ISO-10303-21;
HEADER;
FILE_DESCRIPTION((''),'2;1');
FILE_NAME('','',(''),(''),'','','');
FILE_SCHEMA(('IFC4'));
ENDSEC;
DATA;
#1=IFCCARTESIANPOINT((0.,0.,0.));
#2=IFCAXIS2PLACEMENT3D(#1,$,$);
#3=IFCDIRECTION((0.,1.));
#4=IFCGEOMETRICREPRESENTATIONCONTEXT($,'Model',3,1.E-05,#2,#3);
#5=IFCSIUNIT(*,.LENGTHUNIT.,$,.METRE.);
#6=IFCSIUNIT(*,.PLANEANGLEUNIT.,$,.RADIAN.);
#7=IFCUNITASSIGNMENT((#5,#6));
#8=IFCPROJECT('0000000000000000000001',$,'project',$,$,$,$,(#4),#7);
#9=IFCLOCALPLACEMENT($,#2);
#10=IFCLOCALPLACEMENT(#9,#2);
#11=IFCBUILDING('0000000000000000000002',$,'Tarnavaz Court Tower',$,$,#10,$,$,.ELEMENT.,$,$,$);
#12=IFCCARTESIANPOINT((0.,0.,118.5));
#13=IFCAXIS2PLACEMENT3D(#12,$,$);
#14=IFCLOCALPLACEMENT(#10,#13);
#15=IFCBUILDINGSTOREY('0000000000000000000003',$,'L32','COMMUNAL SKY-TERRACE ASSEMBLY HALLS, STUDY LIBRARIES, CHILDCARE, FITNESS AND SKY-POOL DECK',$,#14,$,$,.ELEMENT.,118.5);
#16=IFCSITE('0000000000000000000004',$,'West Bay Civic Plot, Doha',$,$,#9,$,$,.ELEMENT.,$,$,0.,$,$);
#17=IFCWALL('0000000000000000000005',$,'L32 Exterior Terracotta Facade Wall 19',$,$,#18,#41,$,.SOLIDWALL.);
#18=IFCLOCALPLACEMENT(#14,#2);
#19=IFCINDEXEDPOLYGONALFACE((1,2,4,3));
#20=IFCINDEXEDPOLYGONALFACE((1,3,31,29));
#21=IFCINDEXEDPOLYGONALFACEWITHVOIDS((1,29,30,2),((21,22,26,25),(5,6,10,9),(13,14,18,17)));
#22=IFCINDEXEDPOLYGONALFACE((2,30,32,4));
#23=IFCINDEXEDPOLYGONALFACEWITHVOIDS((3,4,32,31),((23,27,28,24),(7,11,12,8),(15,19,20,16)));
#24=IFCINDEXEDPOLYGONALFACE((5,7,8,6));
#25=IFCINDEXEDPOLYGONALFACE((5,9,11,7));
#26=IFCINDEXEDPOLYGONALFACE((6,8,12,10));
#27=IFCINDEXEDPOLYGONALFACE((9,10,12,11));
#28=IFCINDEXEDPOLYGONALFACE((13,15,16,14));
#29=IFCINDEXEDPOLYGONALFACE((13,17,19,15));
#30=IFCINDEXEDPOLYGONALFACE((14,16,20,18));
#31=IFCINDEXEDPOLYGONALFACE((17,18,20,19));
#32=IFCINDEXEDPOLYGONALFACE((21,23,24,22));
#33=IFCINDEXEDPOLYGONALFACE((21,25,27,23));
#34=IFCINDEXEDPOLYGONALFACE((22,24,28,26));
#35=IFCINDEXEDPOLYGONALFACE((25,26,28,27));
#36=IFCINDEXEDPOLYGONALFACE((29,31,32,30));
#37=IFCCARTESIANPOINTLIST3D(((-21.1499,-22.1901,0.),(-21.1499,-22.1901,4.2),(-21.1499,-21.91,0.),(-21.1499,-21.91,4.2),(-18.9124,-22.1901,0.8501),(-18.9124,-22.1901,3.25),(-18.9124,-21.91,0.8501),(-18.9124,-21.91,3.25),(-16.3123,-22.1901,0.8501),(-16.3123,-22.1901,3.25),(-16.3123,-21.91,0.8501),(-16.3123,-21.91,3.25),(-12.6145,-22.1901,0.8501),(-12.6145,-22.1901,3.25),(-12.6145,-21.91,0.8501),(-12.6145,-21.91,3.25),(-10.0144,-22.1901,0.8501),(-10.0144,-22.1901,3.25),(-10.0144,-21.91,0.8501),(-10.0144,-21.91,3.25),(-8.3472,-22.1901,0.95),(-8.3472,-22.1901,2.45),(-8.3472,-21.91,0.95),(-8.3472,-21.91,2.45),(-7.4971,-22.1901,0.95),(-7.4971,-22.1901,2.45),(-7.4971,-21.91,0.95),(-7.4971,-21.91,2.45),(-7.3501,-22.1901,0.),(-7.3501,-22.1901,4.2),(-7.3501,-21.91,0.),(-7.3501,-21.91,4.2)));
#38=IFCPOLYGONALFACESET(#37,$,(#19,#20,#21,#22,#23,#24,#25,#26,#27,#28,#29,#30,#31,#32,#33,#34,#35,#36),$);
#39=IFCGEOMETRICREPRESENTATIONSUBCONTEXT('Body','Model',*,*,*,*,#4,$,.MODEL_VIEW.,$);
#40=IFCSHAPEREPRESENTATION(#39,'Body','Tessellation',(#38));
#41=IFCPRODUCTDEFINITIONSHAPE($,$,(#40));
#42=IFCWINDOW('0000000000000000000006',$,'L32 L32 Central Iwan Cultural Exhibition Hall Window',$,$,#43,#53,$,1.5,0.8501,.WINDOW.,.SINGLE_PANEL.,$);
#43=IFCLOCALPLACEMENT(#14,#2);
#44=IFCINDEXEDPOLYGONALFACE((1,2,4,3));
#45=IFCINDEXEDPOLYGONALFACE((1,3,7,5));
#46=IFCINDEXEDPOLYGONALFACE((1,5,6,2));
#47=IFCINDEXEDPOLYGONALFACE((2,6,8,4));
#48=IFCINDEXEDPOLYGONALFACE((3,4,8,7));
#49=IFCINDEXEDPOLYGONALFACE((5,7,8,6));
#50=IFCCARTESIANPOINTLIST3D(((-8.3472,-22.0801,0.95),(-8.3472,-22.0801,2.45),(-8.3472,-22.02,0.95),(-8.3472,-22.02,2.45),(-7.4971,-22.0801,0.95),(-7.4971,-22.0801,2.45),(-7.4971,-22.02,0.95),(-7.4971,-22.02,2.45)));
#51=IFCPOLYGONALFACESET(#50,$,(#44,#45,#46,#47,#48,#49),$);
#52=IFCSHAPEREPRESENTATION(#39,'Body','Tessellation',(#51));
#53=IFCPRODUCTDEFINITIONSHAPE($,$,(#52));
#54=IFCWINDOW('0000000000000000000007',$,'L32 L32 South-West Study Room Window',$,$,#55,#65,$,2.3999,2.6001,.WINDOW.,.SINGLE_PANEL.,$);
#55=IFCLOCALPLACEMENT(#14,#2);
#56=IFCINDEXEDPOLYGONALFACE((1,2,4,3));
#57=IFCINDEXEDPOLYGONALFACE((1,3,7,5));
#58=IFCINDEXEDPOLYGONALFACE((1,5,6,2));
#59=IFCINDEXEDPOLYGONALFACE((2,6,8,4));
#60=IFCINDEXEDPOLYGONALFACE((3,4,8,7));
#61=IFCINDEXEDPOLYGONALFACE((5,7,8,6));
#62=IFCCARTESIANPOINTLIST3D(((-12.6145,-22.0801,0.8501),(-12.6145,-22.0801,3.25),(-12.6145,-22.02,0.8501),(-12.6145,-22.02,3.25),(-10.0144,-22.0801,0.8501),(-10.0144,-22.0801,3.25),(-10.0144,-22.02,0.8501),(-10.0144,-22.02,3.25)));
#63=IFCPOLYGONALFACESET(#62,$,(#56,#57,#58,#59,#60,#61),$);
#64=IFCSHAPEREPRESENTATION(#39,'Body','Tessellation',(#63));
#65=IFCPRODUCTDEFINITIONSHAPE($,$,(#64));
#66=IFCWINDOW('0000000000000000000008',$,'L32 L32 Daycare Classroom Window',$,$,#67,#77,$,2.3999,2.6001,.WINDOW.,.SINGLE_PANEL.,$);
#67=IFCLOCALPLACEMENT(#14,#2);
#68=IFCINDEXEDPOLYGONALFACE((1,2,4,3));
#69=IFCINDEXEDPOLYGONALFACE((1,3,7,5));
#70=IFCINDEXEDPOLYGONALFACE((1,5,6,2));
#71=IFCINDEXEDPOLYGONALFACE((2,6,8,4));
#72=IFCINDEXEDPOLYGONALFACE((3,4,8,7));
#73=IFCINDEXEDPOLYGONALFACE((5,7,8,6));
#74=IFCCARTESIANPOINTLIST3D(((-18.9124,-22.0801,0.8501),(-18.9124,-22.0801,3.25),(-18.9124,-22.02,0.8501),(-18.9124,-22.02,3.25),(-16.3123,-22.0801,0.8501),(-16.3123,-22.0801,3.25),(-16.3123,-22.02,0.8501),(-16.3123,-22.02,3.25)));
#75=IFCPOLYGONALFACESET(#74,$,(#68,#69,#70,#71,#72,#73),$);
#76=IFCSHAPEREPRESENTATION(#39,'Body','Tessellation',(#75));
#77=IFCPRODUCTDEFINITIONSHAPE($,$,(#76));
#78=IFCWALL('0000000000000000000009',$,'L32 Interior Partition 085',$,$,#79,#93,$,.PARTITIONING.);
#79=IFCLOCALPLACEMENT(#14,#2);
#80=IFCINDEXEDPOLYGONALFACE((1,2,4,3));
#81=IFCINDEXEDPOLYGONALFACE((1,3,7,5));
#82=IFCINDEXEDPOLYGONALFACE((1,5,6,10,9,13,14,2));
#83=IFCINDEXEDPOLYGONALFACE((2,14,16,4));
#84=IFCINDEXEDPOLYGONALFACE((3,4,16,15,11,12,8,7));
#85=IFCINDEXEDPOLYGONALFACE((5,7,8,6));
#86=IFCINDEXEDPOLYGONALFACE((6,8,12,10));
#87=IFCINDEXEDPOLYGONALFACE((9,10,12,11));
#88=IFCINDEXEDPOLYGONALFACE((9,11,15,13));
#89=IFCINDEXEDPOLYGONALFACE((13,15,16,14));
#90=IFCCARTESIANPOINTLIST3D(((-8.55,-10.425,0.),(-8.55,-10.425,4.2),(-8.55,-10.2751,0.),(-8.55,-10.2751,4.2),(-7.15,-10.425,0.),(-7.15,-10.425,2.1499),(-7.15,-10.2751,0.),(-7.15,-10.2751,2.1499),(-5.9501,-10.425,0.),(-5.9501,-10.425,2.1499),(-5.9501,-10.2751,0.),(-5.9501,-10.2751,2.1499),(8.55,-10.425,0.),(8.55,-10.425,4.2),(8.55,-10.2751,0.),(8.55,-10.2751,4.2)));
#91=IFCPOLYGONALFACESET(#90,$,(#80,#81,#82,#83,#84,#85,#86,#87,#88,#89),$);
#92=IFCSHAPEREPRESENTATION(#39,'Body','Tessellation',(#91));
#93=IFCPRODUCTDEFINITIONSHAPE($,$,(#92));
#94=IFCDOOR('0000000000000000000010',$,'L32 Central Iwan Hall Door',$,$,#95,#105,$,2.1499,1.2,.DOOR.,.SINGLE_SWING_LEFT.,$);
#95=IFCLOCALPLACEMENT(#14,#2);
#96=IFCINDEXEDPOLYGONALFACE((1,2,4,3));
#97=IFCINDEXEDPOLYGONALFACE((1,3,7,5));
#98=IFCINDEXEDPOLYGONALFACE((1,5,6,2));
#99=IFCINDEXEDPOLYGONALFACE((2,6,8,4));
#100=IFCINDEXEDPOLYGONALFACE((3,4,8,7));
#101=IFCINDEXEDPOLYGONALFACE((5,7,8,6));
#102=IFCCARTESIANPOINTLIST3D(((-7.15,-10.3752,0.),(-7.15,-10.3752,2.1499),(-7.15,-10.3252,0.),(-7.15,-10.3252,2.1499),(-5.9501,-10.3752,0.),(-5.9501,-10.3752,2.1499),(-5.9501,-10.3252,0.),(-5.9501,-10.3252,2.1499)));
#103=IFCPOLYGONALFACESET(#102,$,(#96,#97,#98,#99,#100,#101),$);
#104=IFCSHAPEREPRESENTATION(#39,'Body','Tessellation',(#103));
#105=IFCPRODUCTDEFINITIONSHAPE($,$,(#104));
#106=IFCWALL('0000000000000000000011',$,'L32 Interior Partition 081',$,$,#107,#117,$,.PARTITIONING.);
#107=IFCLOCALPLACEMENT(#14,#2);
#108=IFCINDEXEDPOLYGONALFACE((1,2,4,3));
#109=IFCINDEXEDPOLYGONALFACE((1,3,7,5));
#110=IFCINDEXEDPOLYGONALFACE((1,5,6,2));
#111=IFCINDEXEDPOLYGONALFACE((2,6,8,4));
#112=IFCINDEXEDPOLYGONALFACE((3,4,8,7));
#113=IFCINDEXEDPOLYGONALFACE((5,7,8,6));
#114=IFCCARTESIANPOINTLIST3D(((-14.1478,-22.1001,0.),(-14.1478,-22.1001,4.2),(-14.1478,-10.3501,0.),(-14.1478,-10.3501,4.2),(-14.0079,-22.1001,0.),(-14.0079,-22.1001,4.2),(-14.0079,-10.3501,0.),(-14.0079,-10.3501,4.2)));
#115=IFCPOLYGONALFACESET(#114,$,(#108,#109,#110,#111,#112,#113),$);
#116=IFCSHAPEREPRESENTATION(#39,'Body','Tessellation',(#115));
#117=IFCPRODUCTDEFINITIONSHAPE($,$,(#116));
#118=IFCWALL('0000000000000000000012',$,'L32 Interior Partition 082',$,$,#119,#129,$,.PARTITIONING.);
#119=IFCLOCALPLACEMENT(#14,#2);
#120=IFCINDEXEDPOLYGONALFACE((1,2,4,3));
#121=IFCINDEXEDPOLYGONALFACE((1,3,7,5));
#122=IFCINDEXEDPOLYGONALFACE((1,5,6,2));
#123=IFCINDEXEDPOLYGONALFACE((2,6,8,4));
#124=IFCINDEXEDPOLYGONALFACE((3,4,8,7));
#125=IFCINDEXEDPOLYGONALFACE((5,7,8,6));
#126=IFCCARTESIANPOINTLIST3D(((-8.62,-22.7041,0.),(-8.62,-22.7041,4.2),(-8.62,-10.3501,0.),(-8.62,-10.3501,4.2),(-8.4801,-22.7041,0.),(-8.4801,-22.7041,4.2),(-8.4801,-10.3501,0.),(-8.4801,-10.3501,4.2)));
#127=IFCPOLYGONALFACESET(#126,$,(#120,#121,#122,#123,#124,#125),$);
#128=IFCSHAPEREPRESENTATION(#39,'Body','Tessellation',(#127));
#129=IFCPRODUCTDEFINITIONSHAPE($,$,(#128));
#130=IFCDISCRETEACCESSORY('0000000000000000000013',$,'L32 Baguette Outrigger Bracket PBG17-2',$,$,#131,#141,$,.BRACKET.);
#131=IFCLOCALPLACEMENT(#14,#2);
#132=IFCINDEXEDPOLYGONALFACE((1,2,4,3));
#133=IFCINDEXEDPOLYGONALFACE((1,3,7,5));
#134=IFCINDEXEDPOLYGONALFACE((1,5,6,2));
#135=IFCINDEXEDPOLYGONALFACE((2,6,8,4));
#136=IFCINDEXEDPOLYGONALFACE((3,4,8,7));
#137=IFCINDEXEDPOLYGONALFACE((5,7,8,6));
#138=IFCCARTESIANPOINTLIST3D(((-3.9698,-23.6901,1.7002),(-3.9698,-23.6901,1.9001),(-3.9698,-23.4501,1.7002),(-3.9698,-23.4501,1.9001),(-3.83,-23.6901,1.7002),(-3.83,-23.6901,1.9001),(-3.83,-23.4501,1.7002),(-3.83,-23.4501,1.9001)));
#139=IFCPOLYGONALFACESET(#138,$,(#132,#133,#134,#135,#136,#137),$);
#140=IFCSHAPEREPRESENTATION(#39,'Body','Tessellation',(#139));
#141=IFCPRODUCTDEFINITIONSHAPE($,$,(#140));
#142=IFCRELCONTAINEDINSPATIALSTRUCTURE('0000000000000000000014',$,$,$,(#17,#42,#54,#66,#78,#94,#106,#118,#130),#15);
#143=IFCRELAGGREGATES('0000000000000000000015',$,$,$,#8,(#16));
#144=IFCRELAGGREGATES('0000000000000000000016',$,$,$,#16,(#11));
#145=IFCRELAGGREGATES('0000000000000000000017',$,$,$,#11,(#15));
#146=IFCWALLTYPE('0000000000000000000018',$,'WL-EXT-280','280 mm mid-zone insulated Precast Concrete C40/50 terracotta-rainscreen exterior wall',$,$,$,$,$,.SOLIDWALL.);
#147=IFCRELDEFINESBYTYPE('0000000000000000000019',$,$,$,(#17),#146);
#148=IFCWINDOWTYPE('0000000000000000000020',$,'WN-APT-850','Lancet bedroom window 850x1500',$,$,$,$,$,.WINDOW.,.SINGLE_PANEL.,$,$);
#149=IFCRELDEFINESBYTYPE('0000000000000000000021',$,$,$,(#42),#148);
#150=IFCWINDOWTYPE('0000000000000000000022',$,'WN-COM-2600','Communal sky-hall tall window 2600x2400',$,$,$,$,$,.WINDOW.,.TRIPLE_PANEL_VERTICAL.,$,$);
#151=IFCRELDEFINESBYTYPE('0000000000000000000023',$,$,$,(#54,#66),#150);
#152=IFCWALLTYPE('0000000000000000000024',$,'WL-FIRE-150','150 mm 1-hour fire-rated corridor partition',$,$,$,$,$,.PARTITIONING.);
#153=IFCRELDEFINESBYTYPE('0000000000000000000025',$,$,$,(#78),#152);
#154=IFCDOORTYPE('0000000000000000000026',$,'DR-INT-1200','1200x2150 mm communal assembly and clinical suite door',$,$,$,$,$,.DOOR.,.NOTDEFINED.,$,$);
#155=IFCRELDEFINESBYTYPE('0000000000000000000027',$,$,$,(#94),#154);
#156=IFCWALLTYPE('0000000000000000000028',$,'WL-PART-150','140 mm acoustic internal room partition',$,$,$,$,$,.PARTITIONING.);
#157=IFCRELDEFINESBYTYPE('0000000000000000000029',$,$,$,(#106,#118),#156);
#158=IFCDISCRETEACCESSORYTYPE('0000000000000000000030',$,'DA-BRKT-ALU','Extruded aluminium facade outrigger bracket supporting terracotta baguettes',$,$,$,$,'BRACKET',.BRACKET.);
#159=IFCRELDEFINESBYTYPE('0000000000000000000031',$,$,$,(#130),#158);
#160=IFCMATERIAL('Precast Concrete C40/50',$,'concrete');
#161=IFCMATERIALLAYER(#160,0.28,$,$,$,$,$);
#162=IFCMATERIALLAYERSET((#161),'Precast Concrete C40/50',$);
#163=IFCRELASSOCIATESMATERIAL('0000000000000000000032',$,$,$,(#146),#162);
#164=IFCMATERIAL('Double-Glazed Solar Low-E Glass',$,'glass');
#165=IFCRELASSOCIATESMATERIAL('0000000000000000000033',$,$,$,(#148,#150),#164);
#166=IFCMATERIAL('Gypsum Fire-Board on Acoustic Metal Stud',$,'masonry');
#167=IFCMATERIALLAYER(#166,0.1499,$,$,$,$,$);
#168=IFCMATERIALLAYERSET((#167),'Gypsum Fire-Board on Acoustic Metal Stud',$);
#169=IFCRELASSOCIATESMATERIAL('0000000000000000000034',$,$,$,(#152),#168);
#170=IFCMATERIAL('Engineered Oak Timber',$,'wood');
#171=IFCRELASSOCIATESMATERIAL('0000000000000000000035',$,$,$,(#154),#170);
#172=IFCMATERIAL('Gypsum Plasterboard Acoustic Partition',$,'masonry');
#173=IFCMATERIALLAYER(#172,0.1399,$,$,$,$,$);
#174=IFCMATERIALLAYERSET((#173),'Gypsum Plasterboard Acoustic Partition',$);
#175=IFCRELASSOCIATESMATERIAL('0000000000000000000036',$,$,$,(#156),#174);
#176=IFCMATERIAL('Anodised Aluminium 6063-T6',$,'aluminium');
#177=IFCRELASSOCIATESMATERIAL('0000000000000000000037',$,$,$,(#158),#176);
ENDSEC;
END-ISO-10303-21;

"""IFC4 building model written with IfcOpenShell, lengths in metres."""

from ifc_helpers import new_model, si_unit, direction, frame, frame_2d, origin, origin_2d, place, context, subcontext, project, spatial, rectangle, extrude, material, layer, layer_set, type_object, element, fill, save


model = new_model("IFC4")

# Units and contexts
model_context = context("Model", 3, precision=1e-05, world=origin(), true_north=direction((0.0, 1.0)))
body_context = subcontext(model_context, "Body", "Model", "MODEL_VIEW")
ifc_project = project(units=[si_unit("LENGTHUNIT", "METRE"), si_unit("PLANEANGLEUNIT", "RADIAN")], contexts=[model_context])

# Site, building, storey
site_placement = place(None, origin())
site = spatial("IfcSite", under=ifc_project, at=site_placement, Name="West Bay Civic Plot, Doha", CompositionType="ELEMENT", RefElevation=0.0)
building_placement = place(site_placement, origin())
building = spatial("IfcBuilding", under=site, at=building_placement, Name="Tarnavaz Court Tower", CompositionType="ELEMENT")
storey_placement = place(building_placement, frame((0.0, 0.0, 118.5)))
storey = spatial("IfcBuildingStorey", under=building, at=storey_placement, Name="L32", Description="COMMUNAL SKY-TERRACE ASSEMBLY HALLS, STUDY LIBRARIES, CHILDCARE, FITNESS AND SKY-POOL DECK", CompositionType="ELEMENT", Elevation=118.5)

# Shared definitions
ifc_material_1 = material(Name="Anodised Aluminium 6063-T6", Category="aluminium")
ifc_material_2 = material(Name="Double-Glazed Solar Low-E Glass", Category="glass")

# Shared definitions
ifc_material_3 = material(Name="Precast Concrete C40/50", Category="concrete")
ifc_layer_1 = layer(ifc_material_3, 0.28)
ifc_layer_set_1 = layer_set([ifc_layer_1], Name="Precast Concrete C40/50")
wall_type_1 = type_object("IfcWallType", Name="WL-EXT-280", Description="280 mm mid-zone insulated Precast Concrete C40/50 terracotta-rainscreen exterior wall", PredefinedType="SOLIDWALL", material=ifc_layer_set_1)

# Wall, openings, windows
wall_1_placement = place(storey_placement, frame((-7.3501, -22.05, 0.0), z_axis=(0.0, 0.0, 1.0), x_axis=(-1.0, 0.0, 0.0)))
wall_1 = element("IfcWall", 1, at=wall_1_placement, inside=storey, type_object=wall_type_1, Name="L32 Exterior Terracotta Facade Wall 19", PredefinedType="SOLIDWALL", context=body_context, shape_type="SweptSolid", body=[
    extrude(rectangle(XDim=13.7998, YDim=0.28, at=frame_2d((6.8999, 0.0))), origin(), (0.0, 0.0, 1.0), 4.2),
])
opening_1_placement = place(wall_1_placement, frame((0.147, 0.0, 0.95)))
opening_1 = element("IfcOpeningElement", 2, at=opening_1_placement, cuts=wall_1, PredefinedType="OPENING", context=body_context, shape_type="SweptSolid", body=[
    extrude(rectangle(XDim=0.8501, YDim=1.5, at=frame_2d((0.425, 0.75))), frame((0.0, 0.1499, 0.0), z_axis=(0.0, -1.0, 0.0), x_axis=(1.0, 0.0, 0.0)), (0.0, 0.0, 1.0), 0.3),
])
opening_2_placement = place(wall_1_placement, frame((2.6643, 0.0, 0.8501)))
opening_2 = element("IfcOpeningElement", 3, at=opening_2_placement, cuts=wall_1, PredefinedType="OPENING", context=body_context, shape_type="SweptSolid", body=[
    extrude(rectangle(XDim=2.6001, YDim=2.3999, at=frame_2d((1.3, 1.2))), frame((0.0, 0.1499, 0.0), z_axis=(0.0, -1.0, 0.0), x_axis=(1.0, 0.0, 0.0)), (0.0, 0.0, 1.0), 0.3),
])
opening_3_placement = place(wall_1_placement, frame((8.9622, 0.0, 0.8501)))
opening_3 = element("IfcOpeningElement", 4, at=opening_3_placement, cuts=wall_1, PredefinedType="OPENING", context=body_context, shape_type="SweptSolid", body=[
    extrude(rectangle(XDim=2.6001, YDim=2.3999, at=frame_2d((1.3, 1.2))), frame((0.0, 0.1499, 0.0), z_axis=(0.0, -1.0, 0.0), x_axis=(1.0, 0.0, 0.0)), (0.0, 0.0, 1.0), 0.3),
])
window_type_1 = type_object("IfcWindowType", Name="WN-APT-850", Description="Lancet bedroom window 850x1500", PartitioningType="SINGLE_PANEL", PredefinedType="WINDOW", material=ifc_material_2)
window_1_placement = place(opening_1_placement, origin())
window_1 = element("IfcWindow", 5, at=window_1_placement, inside=storey, type_object=window_type_1, Name="L32 L32 Central Iwan Cultural Exhibition Hall Window", OverallHeight=1.5, OverallWidth=0.8501, PartitioningType="SINGLE_PANEL", PredefinedType="WINDOW", context=body_context, shape_type="SweptSolid", body=[
    extrude(rectangle(XDim=0.8501, YDim=1.5, at=frame_2d((0.425, 0.75))), frame((0.0, 0.03, 0.0), z_axis=(0.0, -1.0, 0.0), x_axis=(1.0, 0.0, 0.0)), (0.0, 0.0, 1.0), 0.0601),
])
fill(opening_1, window_1)
window_type_2 = type_object("IfcWindowType", Name="WN-COM-2600", Description="Communal sky-hall tall window 2600x2400", PartitioningType="TRIPLE_PANEL_VERTICAL", PredefinedType="WINDOW", material=ifc_material_2)
window_2_placement = place(opening_2_placement, origin())
window_2 = element("IfcWindow", 6, at=window_2_placement, inside=storey, type_object=window_type_2, Name="L32 L32 South-West Study Room Window", OverallHeight=2.3999, OverallWidth=2.6001, PartitioningType="SINGLE_PANEL", PredefinedType="WINDOW", context=body_context, shape_type="SweptSolid", body=[
    extrude(rectangle(XDim=2.6001, YDim=2.3999, at=frame_2d((1.3, 1.2))), frame((0.0, 0.03, 0.0), z_axis=(0.0, -1.0, 0.0), x_axis=(1.0, 0.0, 0.0)), (0.0, 0.0, 1.0), 0.0601),
])
fill(opening_2, window_2)
window_3_placement = place(opening_3_placement, origin())
window_3 = element("IfcWindow", 7, at=window_3_placement, inside=storey, type_object=window_type_2, Name="L32 L32 Daycare Classroom Window", OverallHeight=2.3999, OverallWidth=2.6001, PartitioningType="SINGLE_PANEL", PredefinedType="WINDOW", context=body_context, shape_type="SweptSolid", body=[
    extrude(rectangle(XDim=2.6001, YDim=2.3999, at=frame_2d((1.3, 1.2))), frame((0.0, 0.03, 0.0), z_axis=(0.0, -1.0, 0.0), x_axis=(1.0, 0.0, 0.0)), (0.0, 0.0, 1.0), 0.0601),
])
fill(opening_3, window_3)

# Wall, opening, door
ifc_material_4 = material(Name="Gypsum Fire-Board on Acoustic Metal Stud", Category="masonry")
ifc_layer_2 = layer(ifc_material_4, 0.1499)
ifc_layer_set_2 = layer_set([ifc_layer_2], Name="Gypsum Fire-Board on Acoustic Metal Stud")
wall_type_2 = type_object("IfcWallType", Name="WL-FIRE-150", Description="150 mm 1-hour fire-rated corridor partition", PredefinedType="PARTITIONING", material=ifc_layer_set_2)
wall_2_placement = place(storey_placement, frame((-8.55, -10.3501, 0.0), z_axis=(0.0, 0.0, 1.0), x_axis=(1.0, 0.0, 0.0)))
wall_2 = element("IfcWall", 8, at=wall_2_placement, inside=storey, type_object=wall_type_2, Name="L32 Interior Partition 085", PredefinedType="PARTITIONING", context=body_context, shape_type="SweptSolid", body=[
    extrude(rectangle(XDim=17.1001, YDim=0.1499, at=frame_2d((8.55, 0.0))), origin(), (0.0, 0.0, 1.0), 4.2),
])
opening_4_placement = place(wall_2_placement, frame((1.3999, 0.0, 0.0)))
opening_4 = element("IfcOpeningElement", 9, at=opening_4_placement, cuts=wall_2, PredefinedType="OPENING", context=body_context, shape_type="SweptSolid", body=[
    extrude(rectangle(XDim=1.2, YDim=2.1499, at=frame_2d((0.6001, 1.075))), frame((0.0, 0.085, 0.0), z_axis=(0.0, -1.0, 0.0), x_axis=(1.0, 0.0, 0.0)), (0.0, 0.0, 1.0), 0.1699),
])
ifc_material_5 = material(Name="Engineered Oak Timber", Category="wood")
door_type = type_object("IfcDoorType", Name="DR-INT-1200", Description="1200x2150 mm communal assembly and clinical suite door", OperationType="NOTDEFINED", PredefinedType="DOOR", material=ifc_material_5)
door_placement = place(opening_4_placement, origin())
door = element("IfcDoor", 10, at=door_placement, inside=storey, type_object=door_type, Name="L32 Central Iwan Hall Door", OperationType="SINGLE_SWING_LEFT", OverallHeight=2.1499, OverallWidth=1.2, PredefinedType="DOOR", context=body_context, shape_type="SweptSolid", body=[
    extrude(rectangle(XDim=1.2, YDim=2.1499, at=frame_2d((0.6001, 1.075))), frame((0.0, 0.0249, 0.0), z_axis=(0.0, -1.0, 0.0), x_axis=(1.0, 0.0, 0.0)), (0.0, 0.0, 1.0), 0.05),
])
fill(opening_4, door)

# Walls
ifc_material_6 = material(Name="Gypsum Plasterboard Acoustic Partition", Category="masonry")
ifc_layer_3 = layer(ifc_material_6, 0.1399)
ifc_layer_set_3 = layer_set([ifc_layer_3], Name="Gypsum Plasterboard Acoustic Partition")
wall_type_3 = type_object("IfcWallType", Name="WL-PART-150", Description="140 mm acoustic internal room partition", PredefinedType="PARTITIONING", material=ifc_layer_set_3)
wall_3_placement = place(storey_placement, frame((-14.0779, -22.1001, 0.0), z_axis=(0.0, 0.0, 1.0), x_axis=(0.0, 1.0, 0.0)))
element("IfcWall", 11, at=wall_3_placement, inside=storey, type_object=wall_type_3, Name="L32 Interior Partition 081", PredefinedType="PARTITIONING", context=body_context, shape_type="SweptSolid", body=[
    extrude(rectangle(XDim=11.75, YDim=0.1399, at=frame_2d((5.875, 0.0))), origin(), (0.0, 0.0, 1.0), 4.2),
])
wall_4_placement = place(storey_placement, frame((-8.55, -22.7041, 0.0), z_axis=(0.0, 0.0, 1.0), x_axis=(0.0, 1.0, 0.0)))
element("IfcWall", 12, at=wall_4_placement, inside=storey, type_object=wall_type_3, Name="L32 Interior Partition 082", PredefinedType="PARTITIONING", context=body_context, shape_type="SweptSolid", body=[
    extrude(rectangle(XDim=12.354, YDim=0.1399, at=frame_2d((6.177, 0.0))), origin(), (0.0, 0.0, 1.0), 4.2),
])

# Discrete accessory
discrete_accessory_type = type_object("IfcDiscreteAccessoryType", Name="DA-BRKT-ALU", Description="Extruded aluminium facade outrigger bracket supporting terracotta baguettes", ElementType="BRACKET", PredefinedType="BRACKET", material=ifc_material_1)
discrete_accessory_placement = place(storey_placement, frame((-3.8999, -23.5701, 1.7002), z_axis=(0.0, 0.0, 1.0), x_axis=(-1.0, 0.0, 0.0)))
element("IfcDiscreteAccessory", 13, at=discrete_accessory_placement, inside=storey, type_object=discrete_accessory_type, Name="L32 Baguette Outrigger Bracket PBG17-2", PredefinedType="BRACKET", context=body_context, shape_type="SweptSolid", body=[
    extrude(rectangle(XDim=0.1399, YDim=0.24, at=origin_2d()), origin(), (0.0, 0.0, 1.0), 0.2),
])

save(model, "model.ifc")
